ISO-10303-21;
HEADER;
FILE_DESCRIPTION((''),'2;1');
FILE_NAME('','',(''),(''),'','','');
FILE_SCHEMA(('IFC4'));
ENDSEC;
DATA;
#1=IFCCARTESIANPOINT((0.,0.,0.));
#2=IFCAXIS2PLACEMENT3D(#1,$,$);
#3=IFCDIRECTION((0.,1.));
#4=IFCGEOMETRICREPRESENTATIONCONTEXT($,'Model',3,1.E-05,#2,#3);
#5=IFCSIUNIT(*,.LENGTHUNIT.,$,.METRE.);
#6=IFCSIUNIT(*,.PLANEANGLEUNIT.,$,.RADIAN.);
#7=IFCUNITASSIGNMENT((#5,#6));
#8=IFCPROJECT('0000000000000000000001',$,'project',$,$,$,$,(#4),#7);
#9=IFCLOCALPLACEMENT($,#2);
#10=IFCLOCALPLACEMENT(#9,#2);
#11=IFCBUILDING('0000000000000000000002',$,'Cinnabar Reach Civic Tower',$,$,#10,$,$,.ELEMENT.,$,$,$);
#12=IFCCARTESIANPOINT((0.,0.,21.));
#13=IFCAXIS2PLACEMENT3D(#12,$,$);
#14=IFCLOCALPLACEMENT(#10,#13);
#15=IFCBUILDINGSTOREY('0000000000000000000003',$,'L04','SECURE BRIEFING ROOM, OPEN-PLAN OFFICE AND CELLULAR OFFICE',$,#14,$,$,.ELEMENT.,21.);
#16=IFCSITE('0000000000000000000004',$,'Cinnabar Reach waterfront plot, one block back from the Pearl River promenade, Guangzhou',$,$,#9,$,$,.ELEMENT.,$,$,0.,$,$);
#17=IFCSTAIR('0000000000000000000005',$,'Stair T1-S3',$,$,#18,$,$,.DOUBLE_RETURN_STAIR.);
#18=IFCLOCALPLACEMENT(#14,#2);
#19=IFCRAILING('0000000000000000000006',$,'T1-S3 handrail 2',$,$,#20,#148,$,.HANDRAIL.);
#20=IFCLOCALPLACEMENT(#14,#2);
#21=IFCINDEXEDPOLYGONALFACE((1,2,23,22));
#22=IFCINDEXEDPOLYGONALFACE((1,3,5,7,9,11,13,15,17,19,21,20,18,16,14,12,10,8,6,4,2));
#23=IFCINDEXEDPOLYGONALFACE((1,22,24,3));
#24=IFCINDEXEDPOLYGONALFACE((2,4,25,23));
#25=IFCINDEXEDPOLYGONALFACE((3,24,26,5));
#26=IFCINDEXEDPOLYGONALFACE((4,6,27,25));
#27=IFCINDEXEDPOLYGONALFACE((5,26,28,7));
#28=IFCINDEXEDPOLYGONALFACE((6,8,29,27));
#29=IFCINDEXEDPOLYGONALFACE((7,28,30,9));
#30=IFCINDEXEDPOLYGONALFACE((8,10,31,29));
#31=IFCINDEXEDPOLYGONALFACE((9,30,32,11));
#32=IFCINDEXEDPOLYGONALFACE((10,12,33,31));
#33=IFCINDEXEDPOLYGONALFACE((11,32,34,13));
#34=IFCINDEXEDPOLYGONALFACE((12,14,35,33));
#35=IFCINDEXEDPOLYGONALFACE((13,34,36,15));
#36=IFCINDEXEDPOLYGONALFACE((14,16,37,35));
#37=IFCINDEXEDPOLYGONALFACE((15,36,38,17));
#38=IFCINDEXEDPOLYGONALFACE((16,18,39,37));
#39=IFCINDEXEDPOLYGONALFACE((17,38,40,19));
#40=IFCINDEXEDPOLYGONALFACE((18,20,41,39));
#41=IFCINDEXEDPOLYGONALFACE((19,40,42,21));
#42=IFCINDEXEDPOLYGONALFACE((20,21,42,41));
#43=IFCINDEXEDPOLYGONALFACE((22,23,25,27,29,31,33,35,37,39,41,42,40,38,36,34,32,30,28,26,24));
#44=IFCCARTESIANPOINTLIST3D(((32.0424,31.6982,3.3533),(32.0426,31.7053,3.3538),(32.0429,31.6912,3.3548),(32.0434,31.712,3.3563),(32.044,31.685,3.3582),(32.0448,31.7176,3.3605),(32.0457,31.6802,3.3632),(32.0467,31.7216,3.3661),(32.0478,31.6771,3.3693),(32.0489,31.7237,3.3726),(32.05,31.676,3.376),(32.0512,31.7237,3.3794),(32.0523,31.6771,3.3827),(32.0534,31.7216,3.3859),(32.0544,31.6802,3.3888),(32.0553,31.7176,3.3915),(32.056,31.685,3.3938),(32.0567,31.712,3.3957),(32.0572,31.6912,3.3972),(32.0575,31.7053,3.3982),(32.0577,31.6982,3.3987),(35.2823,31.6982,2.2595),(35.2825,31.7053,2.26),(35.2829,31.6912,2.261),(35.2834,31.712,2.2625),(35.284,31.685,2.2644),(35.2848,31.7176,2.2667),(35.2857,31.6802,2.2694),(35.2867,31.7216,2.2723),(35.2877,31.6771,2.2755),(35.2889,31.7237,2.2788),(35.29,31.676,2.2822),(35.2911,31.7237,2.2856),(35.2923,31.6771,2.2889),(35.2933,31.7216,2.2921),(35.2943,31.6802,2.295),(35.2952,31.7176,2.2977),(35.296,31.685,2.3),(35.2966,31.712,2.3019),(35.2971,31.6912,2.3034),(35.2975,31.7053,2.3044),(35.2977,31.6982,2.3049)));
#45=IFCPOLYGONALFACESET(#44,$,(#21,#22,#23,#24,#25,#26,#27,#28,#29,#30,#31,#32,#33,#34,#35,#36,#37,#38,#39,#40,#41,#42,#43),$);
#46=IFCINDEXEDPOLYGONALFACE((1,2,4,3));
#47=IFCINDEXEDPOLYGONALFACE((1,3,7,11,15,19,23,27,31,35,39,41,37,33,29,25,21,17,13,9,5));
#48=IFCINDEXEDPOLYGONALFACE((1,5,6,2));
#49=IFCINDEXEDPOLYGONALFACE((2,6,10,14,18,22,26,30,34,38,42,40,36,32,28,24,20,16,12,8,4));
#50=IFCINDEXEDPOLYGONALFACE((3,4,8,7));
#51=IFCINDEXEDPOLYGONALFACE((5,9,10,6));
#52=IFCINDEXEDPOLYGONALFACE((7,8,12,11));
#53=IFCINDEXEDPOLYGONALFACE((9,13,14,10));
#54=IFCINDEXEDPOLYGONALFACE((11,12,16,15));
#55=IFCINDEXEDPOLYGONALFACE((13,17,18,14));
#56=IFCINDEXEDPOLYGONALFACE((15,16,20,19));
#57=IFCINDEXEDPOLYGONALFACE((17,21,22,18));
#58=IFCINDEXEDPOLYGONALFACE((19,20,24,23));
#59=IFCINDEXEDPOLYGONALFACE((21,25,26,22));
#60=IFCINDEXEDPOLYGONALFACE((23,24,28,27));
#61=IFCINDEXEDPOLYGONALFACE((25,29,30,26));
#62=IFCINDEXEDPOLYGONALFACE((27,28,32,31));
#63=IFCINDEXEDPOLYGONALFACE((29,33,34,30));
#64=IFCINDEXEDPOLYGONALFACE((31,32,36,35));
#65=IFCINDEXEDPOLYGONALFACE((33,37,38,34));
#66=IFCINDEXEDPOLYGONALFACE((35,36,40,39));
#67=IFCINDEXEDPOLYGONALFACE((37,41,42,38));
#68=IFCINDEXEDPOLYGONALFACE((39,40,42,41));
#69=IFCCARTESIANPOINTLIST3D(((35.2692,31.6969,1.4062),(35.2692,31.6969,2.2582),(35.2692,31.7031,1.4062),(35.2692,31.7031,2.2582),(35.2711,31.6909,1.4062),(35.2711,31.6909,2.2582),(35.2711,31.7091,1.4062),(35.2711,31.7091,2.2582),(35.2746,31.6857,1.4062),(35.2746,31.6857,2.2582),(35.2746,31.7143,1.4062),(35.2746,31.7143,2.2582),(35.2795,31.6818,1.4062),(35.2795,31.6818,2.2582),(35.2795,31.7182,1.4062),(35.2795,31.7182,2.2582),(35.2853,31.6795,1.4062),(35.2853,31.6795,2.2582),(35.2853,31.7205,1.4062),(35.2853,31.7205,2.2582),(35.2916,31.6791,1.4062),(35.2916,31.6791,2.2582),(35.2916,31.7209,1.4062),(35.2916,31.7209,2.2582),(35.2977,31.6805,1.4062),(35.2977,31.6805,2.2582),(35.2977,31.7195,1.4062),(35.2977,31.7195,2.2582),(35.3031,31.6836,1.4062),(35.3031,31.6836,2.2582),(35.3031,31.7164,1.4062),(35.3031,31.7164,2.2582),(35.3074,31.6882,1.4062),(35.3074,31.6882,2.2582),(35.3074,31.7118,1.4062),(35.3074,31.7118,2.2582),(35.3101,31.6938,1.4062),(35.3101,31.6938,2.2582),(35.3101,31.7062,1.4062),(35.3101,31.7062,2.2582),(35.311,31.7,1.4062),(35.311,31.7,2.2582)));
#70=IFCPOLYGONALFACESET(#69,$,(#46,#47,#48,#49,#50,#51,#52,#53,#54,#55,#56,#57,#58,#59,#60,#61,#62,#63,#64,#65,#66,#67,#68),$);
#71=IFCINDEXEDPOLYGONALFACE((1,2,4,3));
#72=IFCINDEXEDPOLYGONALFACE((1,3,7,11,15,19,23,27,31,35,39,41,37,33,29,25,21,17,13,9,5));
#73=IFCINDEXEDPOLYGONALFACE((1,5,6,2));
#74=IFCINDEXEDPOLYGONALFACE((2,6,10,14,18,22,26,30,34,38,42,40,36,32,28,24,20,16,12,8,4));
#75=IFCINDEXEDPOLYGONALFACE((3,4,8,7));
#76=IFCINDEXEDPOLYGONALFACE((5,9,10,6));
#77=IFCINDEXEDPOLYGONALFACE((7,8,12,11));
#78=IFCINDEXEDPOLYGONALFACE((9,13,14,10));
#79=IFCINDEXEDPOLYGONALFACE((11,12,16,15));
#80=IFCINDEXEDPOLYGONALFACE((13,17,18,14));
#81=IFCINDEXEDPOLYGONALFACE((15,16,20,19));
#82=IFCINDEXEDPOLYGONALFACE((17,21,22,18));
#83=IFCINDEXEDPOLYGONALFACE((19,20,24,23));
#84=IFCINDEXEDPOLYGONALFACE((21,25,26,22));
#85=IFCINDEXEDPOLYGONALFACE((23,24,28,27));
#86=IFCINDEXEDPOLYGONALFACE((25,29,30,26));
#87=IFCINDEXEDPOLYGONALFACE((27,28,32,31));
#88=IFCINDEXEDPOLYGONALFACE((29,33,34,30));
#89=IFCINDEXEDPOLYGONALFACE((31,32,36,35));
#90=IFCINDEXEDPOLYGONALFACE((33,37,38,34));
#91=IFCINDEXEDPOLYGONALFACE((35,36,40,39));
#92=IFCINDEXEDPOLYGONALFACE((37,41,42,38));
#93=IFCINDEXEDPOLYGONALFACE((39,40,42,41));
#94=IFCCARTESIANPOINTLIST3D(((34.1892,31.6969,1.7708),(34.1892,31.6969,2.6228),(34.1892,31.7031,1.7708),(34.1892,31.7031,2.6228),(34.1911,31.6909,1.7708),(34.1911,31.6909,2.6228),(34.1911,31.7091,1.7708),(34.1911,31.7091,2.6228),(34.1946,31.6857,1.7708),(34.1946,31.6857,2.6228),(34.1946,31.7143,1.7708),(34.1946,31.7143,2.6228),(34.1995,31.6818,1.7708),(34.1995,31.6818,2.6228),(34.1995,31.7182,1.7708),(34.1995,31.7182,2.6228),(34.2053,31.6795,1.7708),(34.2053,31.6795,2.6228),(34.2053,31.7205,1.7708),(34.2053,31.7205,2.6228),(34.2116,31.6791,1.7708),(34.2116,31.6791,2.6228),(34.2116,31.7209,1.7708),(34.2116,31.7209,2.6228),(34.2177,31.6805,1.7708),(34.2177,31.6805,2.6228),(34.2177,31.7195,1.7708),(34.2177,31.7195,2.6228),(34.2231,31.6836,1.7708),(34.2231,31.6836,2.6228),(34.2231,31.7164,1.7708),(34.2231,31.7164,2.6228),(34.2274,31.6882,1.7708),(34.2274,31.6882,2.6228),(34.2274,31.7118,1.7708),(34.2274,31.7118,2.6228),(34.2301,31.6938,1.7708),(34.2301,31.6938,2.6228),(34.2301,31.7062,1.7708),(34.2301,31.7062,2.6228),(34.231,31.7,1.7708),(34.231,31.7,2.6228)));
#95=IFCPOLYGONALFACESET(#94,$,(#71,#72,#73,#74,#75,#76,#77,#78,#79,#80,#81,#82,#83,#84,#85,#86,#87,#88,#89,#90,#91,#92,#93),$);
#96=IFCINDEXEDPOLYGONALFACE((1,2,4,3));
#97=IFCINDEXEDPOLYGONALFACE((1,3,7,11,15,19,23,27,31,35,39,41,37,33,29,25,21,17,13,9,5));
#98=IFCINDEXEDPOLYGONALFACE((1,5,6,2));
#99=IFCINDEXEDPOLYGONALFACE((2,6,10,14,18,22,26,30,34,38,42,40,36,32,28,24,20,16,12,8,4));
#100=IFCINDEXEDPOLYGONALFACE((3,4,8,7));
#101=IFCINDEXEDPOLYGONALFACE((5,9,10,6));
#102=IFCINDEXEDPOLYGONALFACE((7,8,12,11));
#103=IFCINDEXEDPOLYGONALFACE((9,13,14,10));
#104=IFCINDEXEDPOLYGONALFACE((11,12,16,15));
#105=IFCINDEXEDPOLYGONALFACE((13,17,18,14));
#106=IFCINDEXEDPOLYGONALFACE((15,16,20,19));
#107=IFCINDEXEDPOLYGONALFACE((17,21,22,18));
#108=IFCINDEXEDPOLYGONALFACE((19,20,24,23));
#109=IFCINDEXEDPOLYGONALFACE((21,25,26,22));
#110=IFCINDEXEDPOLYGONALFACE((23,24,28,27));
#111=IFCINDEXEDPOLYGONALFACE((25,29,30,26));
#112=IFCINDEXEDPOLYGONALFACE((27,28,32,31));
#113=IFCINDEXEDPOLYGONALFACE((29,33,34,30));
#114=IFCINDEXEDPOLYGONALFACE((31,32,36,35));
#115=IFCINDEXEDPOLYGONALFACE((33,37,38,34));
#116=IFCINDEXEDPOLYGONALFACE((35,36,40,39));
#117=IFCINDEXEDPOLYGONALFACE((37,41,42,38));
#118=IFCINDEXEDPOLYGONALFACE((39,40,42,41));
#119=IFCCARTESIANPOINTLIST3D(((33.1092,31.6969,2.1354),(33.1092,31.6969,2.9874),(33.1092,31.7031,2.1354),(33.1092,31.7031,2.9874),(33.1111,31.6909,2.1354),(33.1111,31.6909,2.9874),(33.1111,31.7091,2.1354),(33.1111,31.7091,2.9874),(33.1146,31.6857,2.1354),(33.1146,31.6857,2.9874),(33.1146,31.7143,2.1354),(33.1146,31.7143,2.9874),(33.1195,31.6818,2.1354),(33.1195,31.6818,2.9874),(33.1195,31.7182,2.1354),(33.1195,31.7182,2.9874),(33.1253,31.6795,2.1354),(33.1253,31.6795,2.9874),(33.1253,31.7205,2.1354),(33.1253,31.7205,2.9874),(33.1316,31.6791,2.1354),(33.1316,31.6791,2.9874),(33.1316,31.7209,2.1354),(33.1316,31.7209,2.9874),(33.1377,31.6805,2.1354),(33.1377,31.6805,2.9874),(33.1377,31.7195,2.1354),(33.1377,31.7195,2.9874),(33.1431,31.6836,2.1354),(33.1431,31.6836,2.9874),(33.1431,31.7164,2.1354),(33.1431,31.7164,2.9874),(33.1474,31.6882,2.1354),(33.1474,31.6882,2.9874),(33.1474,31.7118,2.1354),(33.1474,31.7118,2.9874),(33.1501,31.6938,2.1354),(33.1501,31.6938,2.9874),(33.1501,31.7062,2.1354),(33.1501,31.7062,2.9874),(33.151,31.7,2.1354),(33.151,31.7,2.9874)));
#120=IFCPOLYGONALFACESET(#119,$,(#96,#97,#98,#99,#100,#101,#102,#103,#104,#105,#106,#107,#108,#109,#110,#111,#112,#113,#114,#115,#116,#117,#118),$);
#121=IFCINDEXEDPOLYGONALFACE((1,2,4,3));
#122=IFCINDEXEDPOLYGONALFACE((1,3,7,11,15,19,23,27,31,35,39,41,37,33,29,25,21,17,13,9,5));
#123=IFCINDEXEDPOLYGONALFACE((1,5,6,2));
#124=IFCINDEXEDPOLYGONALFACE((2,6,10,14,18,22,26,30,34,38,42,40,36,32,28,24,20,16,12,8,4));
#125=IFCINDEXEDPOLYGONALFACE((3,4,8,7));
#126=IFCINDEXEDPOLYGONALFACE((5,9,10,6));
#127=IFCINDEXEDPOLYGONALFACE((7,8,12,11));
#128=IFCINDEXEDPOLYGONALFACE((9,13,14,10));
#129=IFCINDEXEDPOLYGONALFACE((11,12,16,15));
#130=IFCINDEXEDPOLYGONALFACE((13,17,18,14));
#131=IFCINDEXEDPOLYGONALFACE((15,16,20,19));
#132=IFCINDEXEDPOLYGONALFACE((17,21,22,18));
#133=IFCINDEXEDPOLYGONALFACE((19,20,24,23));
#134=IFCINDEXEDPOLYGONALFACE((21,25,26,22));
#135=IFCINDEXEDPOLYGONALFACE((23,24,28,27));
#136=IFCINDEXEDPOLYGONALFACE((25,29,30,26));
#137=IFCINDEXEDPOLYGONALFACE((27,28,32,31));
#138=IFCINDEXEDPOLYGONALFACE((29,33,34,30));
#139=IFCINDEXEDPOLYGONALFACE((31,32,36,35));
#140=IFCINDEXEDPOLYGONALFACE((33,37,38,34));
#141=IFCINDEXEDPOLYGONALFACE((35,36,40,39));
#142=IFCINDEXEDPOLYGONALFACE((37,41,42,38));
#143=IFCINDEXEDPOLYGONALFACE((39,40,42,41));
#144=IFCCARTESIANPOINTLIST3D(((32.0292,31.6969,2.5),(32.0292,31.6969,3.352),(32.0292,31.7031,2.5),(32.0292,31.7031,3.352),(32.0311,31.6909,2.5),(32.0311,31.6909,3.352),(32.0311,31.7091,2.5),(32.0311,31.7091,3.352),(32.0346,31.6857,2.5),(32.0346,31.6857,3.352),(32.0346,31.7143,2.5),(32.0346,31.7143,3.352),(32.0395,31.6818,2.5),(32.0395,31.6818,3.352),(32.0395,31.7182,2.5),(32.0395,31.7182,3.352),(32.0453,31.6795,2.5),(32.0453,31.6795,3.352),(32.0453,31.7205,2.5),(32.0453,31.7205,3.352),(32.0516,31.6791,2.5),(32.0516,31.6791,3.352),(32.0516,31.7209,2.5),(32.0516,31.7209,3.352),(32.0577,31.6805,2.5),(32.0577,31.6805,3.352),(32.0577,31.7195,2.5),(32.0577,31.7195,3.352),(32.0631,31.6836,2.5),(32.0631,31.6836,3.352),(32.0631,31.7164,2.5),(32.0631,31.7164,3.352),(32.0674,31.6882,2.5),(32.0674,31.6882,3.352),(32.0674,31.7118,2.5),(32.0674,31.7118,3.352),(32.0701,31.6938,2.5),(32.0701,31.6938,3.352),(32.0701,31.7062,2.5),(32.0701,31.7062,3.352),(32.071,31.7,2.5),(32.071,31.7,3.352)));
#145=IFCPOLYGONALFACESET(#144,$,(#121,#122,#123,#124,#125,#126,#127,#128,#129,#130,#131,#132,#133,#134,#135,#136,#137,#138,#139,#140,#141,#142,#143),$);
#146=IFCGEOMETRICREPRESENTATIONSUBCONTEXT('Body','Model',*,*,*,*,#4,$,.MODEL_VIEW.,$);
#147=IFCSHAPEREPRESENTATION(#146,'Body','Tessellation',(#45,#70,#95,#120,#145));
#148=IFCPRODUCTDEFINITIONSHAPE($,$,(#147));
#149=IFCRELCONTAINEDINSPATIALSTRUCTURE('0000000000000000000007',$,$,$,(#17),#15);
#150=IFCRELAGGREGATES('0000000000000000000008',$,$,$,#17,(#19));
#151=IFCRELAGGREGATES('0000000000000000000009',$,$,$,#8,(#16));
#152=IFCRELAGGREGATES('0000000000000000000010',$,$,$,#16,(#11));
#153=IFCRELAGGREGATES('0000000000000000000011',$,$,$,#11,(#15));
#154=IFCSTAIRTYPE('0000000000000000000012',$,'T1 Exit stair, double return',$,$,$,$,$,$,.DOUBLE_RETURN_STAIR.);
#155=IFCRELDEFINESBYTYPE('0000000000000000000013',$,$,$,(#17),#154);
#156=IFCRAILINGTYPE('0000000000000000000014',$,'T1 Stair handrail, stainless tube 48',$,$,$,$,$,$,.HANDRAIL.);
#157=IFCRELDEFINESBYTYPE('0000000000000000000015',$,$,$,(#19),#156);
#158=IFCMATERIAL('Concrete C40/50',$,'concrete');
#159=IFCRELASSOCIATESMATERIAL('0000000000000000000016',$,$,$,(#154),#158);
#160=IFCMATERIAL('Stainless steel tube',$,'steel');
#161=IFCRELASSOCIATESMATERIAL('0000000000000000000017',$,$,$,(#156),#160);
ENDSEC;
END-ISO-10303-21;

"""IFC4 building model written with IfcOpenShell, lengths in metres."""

from ifc_helpers import new_model, si_unit, direction, frame, origin, origin_2d, place, context, subcontext, project, spatial, circle, extrude, material, type_object, element, aggregate, save


model = new_model("IFC4")

# Units and contexts
model_context = context("Model", 3, precision=1e-05, world=origin(), true_north=direction((0.0, 1.0)))
body_context = subcontext(model_context, "Body", "Model", "MODEL_VIEW")
ifc_project = project(units=[si_unit("LENGTHUNIT", "METRE"), si_unit("PLANEANGLEUNIT", "RADIAN")], contexts=[model_context])

# Site, building, storey
site_placement = place(None, origin())
site = spatial("IfcSite", under=ifc_project, at=site_placement, Name="Cinnabar Reach waterfront plot, one block back from the Pearl River promenade, Guangzhou", CompositionType="ELEMENT", RefElevation=0.0)
building_placement = place(site_placement, origin())
building = spatial("IfcBuilding", under=site, at=building_placement, Name="Cinnabar Reach Civic Tower", CompositionType="ELEMENT")
storey_placement = place(building_placement, frame((0.0, 0.0, 21.0)))
storey = spatial("IfcBuildingStorey", under=building, at=storey_placement, Name="L04", Description="SECURE BRIEFING ROOM, OPEN-PLAN OFFICE AND CELLULAR OFFICE", CompositionType="ELEMENT", Elevation=21.0)

# Stair, railing
ifc_material_1 = material(Name="Concrete C40/50", Category="concrete")
stair_type = type_object("IfcStairType", Name="T1 Exit stair, double return", PredefinedType="DOUBLE_RETURN_STAIR", material=ifc_material_1)
stair_placement = place(storey_placement, origin())
stair = element("IfcStair", 1, at=stair_placement, inside=storey, type_object=stair_type, Name="Stair T1-S3", PredefinedType="DOUBLE_RETURN_STAIR")
ifc_material_2 = material(Name="Stainless steel tube", Category="steel")
railing_type = type_object("IfcRailingType", Name="T1 Stair handrail, stainless tube 48", PredefinedType="HANDRAIL", material=ifc_material_2)
railing_1_placement = place(storey_placement, frame((35.29, 31.7, 1.4062)))
railing_1 = element("IfcRailing", 2, at=railing_1_placement, type_object=railing_type, Name="T1-S3 handrail 2", PredefinedType="HANDRAIL", context=body_context, shape_type="SweptSolid", body=[
    extrude(circle(Radius=0.024, at=origin_2d()), frame((0.0, 0.0, 0.876), z_axis=(-0.947466, 0.0, 0.319857), x_axis=(0.0, -1.0, 0.0)), (0.0, 0.0, 1.0), 3.4196),
    extrude(circle(Radius=0.021, at=origin_2d()), origin(), (0.0, 0.0, 1.0), 0.852),
    extrude(circle(Radius=0.021, at=origin_2d()), frame((-1.08, 0.0, 0.3646)), (0.0, 0.0, 1.0), 0.852),
    extrude(circle(Radius=0.021, at=origin_2d()), frame((-2.16, 0.0, 0.7292)), (0.0, 0.0, 1.0), 0.852),
    extrude(circle(Radius=0.021, at=origin_2d()), frame((-3.24, 0.0, 1.0938)), (0.0, 0.0, 1.0), 0.852),
])
aggregate(stair, [railing_1])

save(model, "model.ifc")
